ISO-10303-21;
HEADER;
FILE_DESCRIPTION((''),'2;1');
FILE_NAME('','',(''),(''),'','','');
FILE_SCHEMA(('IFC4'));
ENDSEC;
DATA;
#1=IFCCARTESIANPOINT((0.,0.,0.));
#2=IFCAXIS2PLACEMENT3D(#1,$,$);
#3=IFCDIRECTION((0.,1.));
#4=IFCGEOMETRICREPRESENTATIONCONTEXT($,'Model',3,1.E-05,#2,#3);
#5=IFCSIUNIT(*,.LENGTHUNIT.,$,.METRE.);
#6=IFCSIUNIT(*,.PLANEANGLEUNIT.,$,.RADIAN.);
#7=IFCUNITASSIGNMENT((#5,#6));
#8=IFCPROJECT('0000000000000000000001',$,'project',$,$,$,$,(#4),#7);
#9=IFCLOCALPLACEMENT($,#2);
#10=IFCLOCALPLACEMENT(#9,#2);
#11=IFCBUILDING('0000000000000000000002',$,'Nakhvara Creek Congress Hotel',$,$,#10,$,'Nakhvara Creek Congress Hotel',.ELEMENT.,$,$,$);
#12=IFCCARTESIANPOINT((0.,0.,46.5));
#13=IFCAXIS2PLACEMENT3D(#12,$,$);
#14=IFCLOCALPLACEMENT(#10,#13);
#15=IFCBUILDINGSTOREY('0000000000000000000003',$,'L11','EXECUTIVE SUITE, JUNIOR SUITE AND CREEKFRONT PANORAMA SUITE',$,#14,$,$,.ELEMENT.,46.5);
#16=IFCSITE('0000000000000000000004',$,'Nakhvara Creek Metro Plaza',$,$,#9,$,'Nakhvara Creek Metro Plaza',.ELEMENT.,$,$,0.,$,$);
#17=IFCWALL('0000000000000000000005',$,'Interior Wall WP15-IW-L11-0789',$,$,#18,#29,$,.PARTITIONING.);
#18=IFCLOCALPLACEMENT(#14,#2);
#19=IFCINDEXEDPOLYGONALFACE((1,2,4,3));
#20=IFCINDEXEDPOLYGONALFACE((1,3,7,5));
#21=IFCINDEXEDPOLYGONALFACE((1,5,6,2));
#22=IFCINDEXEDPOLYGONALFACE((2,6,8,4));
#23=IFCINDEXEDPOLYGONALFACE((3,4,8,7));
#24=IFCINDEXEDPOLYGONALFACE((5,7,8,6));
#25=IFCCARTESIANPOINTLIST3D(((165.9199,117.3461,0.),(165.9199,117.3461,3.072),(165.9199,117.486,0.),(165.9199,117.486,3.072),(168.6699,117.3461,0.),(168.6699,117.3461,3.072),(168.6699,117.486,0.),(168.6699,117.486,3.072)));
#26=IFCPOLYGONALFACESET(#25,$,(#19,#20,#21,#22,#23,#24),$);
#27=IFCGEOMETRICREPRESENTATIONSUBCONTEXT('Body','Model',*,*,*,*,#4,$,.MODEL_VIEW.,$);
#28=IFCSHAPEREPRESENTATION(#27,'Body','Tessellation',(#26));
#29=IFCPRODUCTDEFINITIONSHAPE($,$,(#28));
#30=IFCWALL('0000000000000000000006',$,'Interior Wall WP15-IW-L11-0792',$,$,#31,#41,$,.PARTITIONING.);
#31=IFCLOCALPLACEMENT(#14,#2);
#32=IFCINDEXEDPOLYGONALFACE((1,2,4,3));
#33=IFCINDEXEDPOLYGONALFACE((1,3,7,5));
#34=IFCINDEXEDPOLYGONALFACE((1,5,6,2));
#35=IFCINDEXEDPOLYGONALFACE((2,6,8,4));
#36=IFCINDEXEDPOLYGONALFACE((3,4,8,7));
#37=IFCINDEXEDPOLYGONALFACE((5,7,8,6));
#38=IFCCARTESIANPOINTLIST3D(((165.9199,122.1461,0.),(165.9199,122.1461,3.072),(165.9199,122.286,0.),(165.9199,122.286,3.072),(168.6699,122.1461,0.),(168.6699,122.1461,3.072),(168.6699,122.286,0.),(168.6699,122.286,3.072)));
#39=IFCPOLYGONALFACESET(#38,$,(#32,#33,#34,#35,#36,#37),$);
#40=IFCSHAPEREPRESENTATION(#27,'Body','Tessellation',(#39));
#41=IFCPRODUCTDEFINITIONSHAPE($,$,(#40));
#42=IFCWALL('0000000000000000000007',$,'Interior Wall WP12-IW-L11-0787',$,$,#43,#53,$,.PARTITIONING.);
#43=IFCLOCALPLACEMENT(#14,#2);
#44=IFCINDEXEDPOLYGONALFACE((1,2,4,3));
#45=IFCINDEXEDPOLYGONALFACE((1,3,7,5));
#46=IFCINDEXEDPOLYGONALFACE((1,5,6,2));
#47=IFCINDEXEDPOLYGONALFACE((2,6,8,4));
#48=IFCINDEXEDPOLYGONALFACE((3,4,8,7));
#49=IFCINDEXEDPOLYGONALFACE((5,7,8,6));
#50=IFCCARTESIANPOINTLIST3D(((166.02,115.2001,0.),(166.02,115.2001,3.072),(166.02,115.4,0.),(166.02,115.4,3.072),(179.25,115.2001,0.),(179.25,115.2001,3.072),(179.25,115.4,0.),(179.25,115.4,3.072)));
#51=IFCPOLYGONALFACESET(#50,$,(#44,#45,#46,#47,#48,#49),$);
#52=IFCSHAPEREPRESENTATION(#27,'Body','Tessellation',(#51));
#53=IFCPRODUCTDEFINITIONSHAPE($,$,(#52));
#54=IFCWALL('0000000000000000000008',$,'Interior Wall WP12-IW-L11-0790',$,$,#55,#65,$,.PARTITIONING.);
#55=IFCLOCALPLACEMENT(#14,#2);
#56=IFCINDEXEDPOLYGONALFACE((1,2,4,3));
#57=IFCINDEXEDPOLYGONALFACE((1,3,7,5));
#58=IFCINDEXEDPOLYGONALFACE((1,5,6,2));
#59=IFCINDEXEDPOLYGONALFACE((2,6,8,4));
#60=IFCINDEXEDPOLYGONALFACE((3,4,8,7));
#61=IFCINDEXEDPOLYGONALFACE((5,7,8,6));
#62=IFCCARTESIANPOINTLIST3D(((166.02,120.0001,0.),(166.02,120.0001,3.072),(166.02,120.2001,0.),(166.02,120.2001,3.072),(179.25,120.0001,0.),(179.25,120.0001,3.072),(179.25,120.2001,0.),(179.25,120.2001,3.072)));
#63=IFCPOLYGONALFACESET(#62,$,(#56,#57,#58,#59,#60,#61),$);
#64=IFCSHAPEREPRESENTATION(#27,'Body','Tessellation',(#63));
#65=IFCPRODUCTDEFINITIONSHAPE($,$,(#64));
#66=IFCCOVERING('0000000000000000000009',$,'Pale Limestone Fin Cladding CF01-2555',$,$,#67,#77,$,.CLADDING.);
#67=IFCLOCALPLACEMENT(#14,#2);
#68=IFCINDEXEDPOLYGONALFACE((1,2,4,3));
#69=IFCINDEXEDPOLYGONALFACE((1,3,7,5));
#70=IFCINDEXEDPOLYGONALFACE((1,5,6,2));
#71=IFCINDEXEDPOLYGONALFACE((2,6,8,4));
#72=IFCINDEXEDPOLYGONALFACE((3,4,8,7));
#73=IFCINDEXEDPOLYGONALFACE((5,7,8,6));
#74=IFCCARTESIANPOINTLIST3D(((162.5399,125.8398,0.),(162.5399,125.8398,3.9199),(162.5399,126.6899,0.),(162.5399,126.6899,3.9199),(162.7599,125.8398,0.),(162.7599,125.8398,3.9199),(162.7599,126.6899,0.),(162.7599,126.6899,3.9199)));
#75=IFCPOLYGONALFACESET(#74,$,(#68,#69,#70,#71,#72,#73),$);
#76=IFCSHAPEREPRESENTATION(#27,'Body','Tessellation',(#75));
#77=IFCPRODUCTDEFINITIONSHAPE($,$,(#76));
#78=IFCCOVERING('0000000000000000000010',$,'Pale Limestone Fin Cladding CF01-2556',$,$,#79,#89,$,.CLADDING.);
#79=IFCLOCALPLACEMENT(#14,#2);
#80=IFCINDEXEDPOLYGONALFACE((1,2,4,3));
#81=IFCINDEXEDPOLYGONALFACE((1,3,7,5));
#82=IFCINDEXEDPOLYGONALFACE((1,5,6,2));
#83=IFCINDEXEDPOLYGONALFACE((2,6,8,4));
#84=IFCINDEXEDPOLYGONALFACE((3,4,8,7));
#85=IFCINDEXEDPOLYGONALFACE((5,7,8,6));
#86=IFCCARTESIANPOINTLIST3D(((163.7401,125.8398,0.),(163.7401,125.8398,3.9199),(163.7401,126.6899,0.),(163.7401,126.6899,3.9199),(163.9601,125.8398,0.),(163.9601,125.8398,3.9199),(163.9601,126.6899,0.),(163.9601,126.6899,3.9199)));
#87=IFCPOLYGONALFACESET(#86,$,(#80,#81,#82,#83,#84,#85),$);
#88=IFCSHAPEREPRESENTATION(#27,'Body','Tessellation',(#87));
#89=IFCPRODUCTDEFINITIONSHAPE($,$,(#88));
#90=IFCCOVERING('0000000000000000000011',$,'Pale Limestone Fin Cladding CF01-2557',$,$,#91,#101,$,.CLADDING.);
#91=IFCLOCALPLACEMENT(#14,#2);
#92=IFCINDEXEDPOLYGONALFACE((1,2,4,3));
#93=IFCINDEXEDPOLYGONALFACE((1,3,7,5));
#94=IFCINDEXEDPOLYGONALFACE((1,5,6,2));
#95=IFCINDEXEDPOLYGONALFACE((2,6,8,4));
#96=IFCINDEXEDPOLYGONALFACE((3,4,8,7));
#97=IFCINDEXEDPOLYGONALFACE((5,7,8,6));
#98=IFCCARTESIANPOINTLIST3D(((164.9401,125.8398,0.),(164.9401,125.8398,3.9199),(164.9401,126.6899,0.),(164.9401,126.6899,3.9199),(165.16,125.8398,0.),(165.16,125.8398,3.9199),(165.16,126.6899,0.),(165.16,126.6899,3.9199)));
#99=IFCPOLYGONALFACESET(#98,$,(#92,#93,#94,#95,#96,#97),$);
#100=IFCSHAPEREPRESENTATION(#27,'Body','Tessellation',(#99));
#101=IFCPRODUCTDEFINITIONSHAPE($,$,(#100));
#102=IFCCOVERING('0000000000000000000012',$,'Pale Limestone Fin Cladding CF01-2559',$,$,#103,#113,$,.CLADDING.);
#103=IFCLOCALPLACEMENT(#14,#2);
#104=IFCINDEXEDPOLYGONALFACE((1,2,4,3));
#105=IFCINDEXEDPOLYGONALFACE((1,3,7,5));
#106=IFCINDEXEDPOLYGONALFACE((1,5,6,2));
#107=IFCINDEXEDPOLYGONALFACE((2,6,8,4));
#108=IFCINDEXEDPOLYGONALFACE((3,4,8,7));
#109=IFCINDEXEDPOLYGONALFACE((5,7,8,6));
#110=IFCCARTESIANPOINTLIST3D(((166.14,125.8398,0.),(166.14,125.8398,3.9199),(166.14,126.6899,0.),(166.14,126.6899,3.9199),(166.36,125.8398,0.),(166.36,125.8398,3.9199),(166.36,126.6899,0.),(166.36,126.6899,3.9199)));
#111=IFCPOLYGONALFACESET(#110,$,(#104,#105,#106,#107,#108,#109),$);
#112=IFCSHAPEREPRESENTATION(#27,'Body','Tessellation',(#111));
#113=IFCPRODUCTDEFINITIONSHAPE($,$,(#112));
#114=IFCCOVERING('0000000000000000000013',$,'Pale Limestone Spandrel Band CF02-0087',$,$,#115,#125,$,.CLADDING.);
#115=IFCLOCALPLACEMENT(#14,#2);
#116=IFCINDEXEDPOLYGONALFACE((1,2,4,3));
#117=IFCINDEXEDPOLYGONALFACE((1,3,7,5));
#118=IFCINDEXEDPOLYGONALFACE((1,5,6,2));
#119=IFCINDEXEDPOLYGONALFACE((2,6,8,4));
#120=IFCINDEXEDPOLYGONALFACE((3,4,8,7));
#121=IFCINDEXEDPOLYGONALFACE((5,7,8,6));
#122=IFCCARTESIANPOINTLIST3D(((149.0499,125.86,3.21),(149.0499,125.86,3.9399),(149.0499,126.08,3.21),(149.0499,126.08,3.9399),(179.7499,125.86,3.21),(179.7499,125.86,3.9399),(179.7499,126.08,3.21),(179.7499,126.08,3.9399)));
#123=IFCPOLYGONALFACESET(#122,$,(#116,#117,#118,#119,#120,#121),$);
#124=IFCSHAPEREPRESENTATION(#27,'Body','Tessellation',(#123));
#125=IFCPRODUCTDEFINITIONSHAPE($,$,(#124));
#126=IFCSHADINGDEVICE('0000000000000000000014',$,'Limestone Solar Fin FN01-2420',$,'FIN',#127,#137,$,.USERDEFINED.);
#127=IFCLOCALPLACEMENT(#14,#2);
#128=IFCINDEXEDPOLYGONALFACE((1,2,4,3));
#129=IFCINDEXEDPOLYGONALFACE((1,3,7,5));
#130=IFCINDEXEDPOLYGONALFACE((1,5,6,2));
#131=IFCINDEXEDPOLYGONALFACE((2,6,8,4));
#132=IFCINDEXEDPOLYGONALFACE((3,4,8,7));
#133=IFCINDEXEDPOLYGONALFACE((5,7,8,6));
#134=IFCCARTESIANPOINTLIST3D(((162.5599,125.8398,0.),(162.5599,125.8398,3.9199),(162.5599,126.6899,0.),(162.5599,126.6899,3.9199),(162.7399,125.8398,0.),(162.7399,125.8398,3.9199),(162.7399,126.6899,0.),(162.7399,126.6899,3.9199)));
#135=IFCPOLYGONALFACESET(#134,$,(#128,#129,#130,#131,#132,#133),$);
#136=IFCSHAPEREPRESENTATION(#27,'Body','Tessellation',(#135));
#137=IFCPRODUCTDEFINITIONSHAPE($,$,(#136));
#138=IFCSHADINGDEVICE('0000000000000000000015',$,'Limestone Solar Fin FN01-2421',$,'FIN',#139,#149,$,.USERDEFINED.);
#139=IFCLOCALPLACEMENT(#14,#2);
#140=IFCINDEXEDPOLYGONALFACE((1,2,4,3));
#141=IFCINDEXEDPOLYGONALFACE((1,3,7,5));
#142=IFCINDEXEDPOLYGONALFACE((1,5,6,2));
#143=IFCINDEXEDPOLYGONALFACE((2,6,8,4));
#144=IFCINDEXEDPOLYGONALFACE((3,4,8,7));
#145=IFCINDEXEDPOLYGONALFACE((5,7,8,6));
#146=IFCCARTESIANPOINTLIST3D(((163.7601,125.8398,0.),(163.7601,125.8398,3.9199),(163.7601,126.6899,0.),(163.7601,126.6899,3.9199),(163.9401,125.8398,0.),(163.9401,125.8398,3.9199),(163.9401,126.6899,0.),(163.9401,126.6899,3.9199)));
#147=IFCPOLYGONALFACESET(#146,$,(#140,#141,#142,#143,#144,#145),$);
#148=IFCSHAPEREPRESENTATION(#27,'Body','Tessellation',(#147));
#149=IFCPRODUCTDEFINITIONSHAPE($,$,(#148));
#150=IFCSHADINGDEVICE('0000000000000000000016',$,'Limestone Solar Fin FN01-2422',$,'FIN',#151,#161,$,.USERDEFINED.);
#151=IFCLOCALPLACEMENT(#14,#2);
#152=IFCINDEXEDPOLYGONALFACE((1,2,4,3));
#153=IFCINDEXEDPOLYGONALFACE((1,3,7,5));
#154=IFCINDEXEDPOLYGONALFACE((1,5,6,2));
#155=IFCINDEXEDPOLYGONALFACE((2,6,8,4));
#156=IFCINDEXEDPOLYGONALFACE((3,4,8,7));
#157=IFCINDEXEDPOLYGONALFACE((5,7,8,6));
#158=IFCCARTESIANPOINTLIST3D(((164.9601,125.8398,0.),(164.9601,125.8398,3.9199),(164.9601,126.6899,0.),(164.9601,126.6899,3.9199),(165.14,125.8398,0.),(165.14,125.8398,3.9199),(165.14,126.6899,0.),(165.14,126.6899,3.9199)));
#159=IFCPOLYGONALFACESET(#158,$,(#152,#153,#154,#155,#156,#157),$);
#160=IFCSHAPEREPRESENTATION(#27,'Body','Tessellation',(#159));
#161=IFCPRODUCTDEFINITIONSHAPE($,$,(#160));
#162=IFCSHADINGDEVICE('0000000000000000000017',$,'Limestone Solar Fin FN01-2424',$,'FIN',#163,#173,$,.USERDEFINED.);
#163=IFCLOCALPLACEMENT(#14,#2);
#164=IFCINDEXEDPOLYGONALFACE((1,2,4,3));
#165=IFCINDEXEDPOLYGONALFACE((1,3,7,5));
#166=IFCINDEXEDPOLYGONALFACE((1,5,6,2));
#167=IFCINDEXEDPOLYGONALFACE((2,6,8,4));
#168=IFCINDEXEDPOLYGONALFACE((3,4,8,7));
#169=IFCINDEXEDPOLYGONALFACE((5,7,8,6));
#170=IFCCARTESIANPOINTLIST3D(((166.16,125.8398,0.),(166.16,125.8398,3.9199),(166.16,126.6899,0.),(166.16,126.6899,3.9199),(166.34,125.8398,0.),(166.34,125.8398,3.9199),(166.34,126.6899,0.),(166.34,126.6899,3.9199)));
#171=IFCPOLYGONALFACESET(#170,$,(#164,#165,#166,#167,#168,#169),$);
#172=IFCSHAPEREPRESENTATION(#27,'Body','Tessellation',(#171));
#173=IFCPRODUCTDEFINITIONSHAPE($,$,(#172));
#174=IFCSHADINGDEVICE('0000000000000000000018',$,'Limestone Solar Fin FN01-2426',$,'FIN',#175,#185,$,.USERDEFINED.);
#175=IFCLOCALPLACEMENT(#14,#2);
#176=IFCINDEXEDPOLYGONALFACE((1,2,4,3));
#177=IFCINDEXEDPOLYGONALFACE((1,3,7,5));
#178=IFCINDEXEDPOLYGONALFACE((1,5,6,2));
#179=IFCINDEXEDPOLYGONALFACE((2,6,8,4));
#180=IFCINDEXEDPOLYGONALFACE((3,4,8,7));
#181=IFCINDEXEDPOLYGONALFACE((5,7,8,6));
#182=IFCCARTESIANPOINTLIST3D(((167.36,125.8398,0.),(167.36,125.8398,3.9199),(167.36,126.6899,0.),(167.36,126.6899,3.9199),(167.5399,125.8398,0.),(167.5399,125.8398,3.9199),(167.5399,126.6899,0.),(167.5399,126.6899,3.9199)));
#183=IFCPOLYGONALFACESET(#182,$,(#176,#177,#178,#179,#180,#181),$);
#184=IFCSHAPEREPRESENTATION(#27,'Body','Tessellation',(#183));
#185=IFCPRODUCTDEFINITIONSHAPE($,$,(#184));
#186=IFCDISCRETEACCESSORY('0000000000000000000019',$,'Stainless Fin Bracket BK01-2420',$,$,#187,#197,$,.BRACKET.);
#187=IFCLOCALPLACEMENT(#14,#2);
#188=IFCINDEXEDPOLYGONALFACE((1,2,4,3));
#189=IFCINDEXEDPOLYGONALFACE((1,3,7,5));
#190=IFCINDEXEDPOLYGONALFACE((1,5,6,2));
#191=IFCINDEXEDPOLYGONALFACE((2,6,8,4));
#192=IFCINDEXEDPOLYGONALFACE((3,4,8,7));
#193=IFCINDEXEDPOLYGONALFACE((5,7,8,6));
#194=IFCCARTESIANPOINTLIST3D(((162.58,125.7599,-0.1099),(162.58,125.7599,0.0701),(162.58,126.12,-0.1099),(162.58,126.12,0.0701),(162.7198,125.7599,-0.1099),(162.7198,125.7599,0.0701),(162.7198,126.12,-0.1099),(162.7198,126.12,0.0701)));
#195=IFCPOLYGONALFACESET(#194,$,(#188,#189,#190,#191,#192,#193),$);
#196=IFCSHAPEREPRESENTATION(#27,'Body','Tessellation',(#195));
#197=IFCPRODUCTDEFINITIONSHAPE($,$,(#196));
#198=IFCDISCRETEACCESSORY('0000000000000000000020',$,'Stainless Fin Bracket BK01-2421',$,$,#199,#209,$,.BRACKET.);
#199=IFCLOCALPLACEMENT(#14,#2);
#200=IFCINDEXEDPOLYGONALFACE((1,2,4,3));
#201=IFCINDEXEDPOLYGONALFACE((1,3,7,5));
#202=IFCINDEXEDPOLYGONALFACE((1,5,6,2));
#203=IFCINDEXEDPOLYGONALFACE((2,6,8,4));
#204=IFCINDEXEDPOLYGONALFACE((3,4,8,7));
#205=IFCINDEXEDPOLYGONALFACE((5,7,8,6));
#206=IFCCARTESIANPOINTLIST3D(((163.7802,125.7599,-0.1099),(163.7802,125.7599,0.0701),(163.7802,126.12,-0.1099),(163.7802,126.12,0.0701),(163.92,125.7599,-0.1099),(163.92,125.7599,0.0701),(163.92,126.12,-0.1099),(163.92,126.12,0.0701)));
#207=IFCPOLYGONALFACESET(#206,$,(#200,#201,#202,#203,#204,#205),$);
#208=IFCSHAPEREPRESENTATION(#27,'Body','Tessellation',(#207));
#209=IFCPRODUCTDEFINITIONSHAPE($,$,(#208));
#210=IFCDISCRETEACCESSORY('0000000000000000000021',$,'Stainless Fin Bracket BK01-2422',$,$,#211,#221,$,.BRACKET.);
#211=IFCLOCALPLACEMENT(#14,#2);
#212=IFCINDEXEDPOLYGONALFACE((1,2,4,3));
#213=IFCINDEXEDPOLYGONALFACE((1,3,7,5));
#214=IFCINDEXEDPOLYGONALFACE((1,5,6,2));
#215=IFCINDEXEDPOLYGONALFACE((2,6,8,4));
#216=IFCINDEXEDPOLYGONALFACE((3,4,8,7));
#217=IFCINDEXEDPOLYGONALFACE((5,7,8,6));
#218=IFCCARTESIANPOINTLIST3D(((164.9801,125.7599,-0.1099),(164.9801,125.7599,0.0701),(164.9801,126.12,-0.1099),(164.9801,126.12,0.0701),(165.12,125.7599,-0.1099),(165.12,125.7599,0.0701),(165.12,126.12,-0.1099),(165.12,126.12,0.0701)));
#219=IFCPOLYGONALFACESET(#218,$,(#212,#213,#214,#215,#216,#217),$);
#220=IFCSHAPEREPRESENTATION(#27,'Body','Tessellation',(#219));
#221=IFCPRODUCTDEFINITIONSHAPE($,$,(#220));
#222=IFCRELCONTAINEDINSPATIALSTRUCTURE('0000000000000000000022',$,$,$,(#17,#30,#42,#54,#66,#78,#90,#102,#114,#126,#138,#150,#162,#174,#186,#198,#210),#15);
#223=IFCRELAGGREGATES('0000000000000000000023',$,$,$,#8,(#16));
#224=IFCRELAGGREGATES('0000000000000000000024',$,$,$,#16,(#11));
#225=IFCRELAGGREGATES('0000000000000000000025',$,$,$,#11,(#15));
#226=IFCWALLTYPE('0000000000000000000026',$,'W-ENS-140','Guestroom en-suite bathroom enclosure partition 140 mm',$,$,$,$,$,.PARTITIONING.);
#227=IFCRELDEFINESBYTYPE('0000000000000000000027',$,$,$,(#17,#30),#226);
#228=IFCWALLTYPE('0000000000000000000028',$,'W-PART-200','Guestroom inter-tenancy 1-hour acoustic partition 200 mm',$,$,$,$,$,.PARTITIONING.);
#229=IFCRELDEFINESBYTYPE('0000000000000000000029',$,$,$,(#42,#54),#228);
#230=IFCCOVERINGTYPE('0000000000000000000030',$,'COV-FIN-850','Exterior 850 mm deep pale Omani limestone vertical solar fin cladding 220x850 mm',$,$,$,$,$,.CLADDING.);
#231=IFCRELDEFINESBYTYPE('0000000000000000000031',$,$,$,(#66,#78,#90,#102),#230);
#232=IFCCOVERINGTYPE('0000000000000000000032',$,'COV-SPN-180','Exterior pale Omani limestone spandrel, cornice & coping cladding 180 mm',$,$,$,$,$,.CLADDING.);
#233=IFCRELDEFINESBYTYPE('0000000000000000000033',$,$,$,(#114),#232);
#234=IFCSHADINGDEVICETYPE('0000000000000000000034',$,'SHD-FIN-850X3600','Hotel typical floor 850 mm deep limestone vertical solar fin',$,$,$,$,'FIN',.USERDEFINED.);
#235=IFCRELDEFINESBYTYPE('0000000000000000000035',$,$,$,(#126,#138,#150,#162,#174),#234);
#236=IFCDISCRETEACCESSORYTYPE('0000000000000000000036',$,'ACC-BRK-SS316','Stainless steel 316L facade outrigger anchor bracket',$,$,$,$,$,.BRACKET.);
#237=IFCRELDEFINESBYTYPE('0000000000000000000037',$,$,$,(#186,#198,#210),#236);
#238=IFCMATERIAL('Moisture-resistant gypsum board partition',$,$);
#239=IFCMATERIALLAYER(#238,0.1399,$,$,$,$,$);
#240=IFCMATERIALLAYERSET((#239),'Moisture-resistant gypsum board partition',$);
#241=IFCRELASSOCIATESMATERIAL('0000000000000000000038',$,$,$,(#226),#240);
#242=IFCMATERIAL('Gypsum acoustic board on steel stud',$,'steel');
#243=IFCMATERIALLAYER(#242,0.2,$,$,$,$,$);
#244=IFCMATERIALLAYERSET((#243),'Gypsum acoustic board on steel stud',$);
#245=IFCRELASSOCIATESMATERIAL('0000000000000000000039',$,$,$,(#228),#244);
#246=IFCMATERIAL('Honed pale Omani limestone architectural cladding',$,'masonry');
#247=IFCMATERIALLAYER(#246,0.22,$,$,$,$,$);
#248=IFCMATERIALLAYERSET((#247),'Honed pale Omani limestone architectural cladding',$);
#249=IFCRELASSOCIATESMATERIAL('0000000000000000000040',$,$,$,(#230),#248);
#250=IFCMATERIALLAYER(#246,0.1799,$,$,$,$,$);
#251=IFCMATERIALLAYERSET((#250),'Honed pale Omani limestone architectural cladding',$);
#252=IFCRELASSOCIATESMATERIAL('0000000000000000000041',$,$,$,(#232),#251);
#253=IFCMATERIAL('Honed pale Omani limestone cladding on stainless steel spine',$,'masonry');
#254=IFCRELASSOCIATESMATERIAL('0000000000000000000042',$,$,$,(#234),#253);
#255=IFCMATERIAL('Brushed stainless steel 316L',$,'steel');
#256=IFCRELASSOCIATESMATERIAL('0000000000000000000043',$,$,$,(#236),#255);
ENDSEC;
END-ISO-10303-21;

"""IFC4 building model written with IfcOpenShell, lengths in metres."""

from ifc_helpers import new_model, si_unit, direction, frame, frame_2d, origin, origin_2d, place, context, subcontext, project, spatial, rectangle, extrude, material, layer, layer_set, type_object, element, save


model = new_model("IFC4")

# Units and contexts
model_context = context("Model", 3, precision=1e-05, world=origin(), true_north=direction((0.0, 1.0)))
body_context = subcontext(model_context, "Body", "Model", "MODEL_VIEW")
ifc_project = project(units=[si_unit("LENGTHUNIT", "METRE"), si_unit("PLANEANGLEUNIT", "RADIAN")], contexts=[model_context])

# Site, building, storey
site_placement = place(None, origin())
site = spatial("IfcSite", under=ifc_project, at=site_placement, Name="Nakhvara Creek Metro Plaza", LongName="Nakhvara Creek Metro Plaza", CompositionType="ELEMENT", RefElevation=0.0)
building_placement = place(site_placement, origin())
building = spatial("IfcBuilding", under=site, at=building_placement, Name="Nakhvara Creek Congress Hotel", LongName="Nakhvara Creek Congress Hotel", CompositionType="ELEMENT")
storey_placement = place(building_placement, frame((0.0, 0.0, 46.5)))
storey = spatial("IfcBuildingStorey", under=building, at=storey_placement, Name="L11", Description="EXECUTIVE SUITE, JUNIOR SUITE AND CREEKFRONT PANORAMA SUITE", CompositionType="ELEMENT", Elevation=46.5)

# Walls
ifc_material_1 = material(Name="Gypsum acoustic board on steel stud", Category="steel")
ifc_material_2 = material(Name="Moisture-resistant gypsum board partition")
ifc_layer_1 = layer(ifc_material_2, 0.1399)
ifc_layer_set_1 = layer_set([ifc_layer_1], Name="Moisture-resistant gypsum board partition")
wall_type_1 = type_object("IfcWallType", Name="W-ENS-140", Description="Guestroom en-suite bathroom enclosure partition 140 mm", PredefinedType="PARTITIONING", material=ifc_layer_set_1)
for number, where, z_axis, x_axis, name in (
    (1, (165.9199, 117.416, 0.0), (0.0, 0.0, 1.0), (1.0, 0.0, 0.0), "Interior Wall WP15-IW-L11-0789"),
    (2, (165.9199, 122.2161, 0.0), (0.0, 0.0, 1.0), (1.0, 0.0, 0.0), "Interior Wall WP15-IW-L11-0792"),
):
    element("IfcWall", number, at=place(storey_placement, frame(where, z_axis=z_axis, x_axis=x_axis)), inside=storey, type_object=wall_type_1, Name=name, PredefinedType="PARTITIONING", context=body_context, shape_type="SweptSolid", body=[
        extrude(rectangle(XDim=2.75, YDim=0.1399, at=frame_2d((1.375, 0.0))), origin(), (0.0, 0.0, 1.0), 3.072),
    ])
ifc_layer_2 = layer(ifc_material_1, 0.2)
ifc_layer_set_2 = layer_set([ifc_layer_2], Name="Gypsum acoustic board on steel stud")
wall_type_2 = type_object("IfcWallType", Name="W-PART-200", Description="Guestroom inter-tenancy 1-hour acoustic partition 200 mm", PredefinedType="PARTITIONING", material=ifc_layer_set_2)
for number, where, z_axis, x_axis, name in (
    (3, (166.02, 115.3, 0.0), (0.0, 0.0, 1.0), (1.0, 0.0, 0.0), "Interior Wall WP12-IW-L11-0787"),
    (4, (166.02, 120.1001, 0.0), (0.0, 0.0, 1.0), (1.0, 0.0, 0.0), "Interior Wall WP12-IW-L11-0790"),
):
    element("IfcWall", number, at=place(storey_placement, frame(where, z_axis=z_axis, x_axis=x_axis)), inside=storey, type_object=wall_type_2, Name=name, PredefinedType="PARTITIONING", context=body_context, shape_type="SweptSolid", body=[
        extrude(rectangle(XDim=13.23, YDim=0.2, at=frame_2d((6.615, 0.0))), origin(), (0.0, 0.0, 1.0), 3.072),
    ])

# Coverings
ifc_material_3 = material(Name="Honed pale Omani limestone architectural cladding", Category="masonry")
ifc_layer_3 = layer(ifc_material_3, 0.22)
ifc_layer_set_3 = layer_set([ifc_layer_3], Name="Honed pale Omani limestone architectural cladding")
covering_type_1 = type_object("IfcCoveringType", Name="COV-FIN-850", Description="Exterior 850 mm deep pale Omani limestone vertical solar fin cladding 220x850 mm", PredefinedType="CLADDING", material=ifc_layer_set_3)
for number, where, z_axis, x_axis, name in (
    (5, (162.6499, 126.2649, 0.0), (0.0, 0.0, 1.0), (1.0, 0.0, 0.0), "Pale Limestone Fin Cladding CF01-2555"),
    (6, (163.8501, 126.2649, 0.0), (0.0, 0.0, 1.0), (1.0, 0.0, 0.0), "Pale Limestone Fin Cladding CF01-2556"),
    (7, (165.05, 126.2649, 0.0), (0.0, 0.0, 1.0), (1.0, 0.0, 0.0), "Pale Limestone Fin Cladding CF01-2557"),
    (8, (166.25, 126.2649, 0.0), (0.0, 0.0, 1.0), (1.0, 0.0, 0.0), "Pale Limestone Fin Cladding CF01-2559"),
):
    element("IfcCovering", number, at=place(storey_placement, frame(where, z_axis=z_axis, x_axis=x_axis)), inside=storey, type_object=covering_type_1, Name=name, PredefinedType="CLADDING", context=body_context, shape_type="SweptSolid", body=[
        extrude(rectangle(XDim=0.22, YDim=0.8501, at=origin_2d()), origin(), (0.0, 0.0, 1.0), 3.9199),
    ])
ifc_layer_4 = layer(ifc_material_3, 0.1799)
ifc_layer_set_4 = layer_set([ifc_layer_4], Name="Honed pale Omani limestone architectural cladding")
covering_type_2 = type_object("IfcCoveringType", Name="COV-SPN-180", Description="Exterior pale Omani limestone spandrel, cornice & coping cladding 180 mm", PredefinedType="CLADDING", material=ifc_layer_set_4)
covering_placement = place(storey_placement, frame((164.3999, 125.97, 3.21), z_axis=(0.0, 0.0, 1.0), x_axis=(1.0, 0.0, 0.0)))
element("IfcCovering", 9, at=covering_placement, inside=storey, type_object=covering_type_2, Name="Pale Limestone Spandrel Band CF02-0087", PredefinedType="CLADDING", context=body_context, shape_type="SweptSolid", body=[
    extrude(rectangle(XDim=30.7, YDim=0.22, at=origin_2d()), origin(), (0.0, 0.0, 1.0), 0.73),
])

# Shading devices
ifc_material_4 = material(Name="Honed pale Omani limestone cladding on stainless steel spine", Category="masonry")
shading_device_type = type_object("IfcShadingDeviceType", Name="SHD-FIN-850X3600", Description="Hotel typical floor 850 mm deep limestone vertical solar fin", ElementType="FIN", PredefinedType="USERDEFINED", material=ifc_material_4)
for number, where, z_axis, x_axis, name in (
    (10, (162.6499, 126.2649, 0.0), (0.0, 0.0, 1.0), (1.0, 0.0, 0.0), "Limestone Solar Fin FN01-2420"),
    (11, (163.8501, 126.2649, 0.0), (0.0, 0.0, 1.0), (1.0, 0.0, 0.0), "Limestone Solar Fin FN01-2421"),
    (12, (165.05, 126.2649, 0.0), (0.0, 0.0, 1.0), (1.0, 0.0, 0.0), "Limestone Solar Fin FN01-2422"),
    (13, (166.25, 126.2649, 0.0), (0.0, 0.0, 1.0), (1.0, 0.0, 0.0), "Limestone Solar Fin FN01-2424"),
    (14, (167.45, 126.2649, 0.0), (0.0, 0.0, 1.0), (1.0, 0.0, 0.0), "Limestone Solar Fin FN01-2426"),
):
    element("IfcShadingDevice", number, at=place(storey_placement, frame(where, z_axis=z_axis, x_axis=x_axis)), inside=storey, type_object=shading_device_type, Name=name, ObjectType="FIN", PredefinedType="USERDEFINED", context=body_context, shape_type="SweptSolid", body=[
        extrude(rectangle(XDim=0.1799, YDim=0.8501, at=origin_2d()), origin(), (0.0, 0.0, 1.0), 3.9199),
    ])

# Discrete accessories
ifc_material_5 = material(Name="Brushed stainless steel 316L", Category="steel")
discrete_accessory_type = type_object("IfcDiscreteAccessoryType", Name="ACC-BRK-SS316", Description="Stainless steel 316L facade outrigger anchor bracket", PredefinedType="BRACKET", material=ifc_material_5)
for number, where, z_axis, x_axis, name in (
    (15, (162.6499, 125.9399, -0.1099), (0.0, 0.0, 1.0), (1.0, 0.0, 0.0), "Stainless Fin Bracket BK01-2420"),
    (16, (163.8501, 125.9399, -0.1099), (0.0, 0.0, 1.0), (1.0, 0.0, 0.0), "Stainless Fin Bracket BK01-2421"),
    (17, (165.05, 125.9399, -0.1099), (0.0, 0.0, 1.0), (1.0, 0.0, 0.0), "Stainless Fin Bracket BK01-2422"),
):
    element("IfcDiscreteAccessory", number, at=place(storey_placement, frame(where, z_axis=z_axis, x_axis=x_axis)), inside=storey, type_object=discrete_accessory_type, Name=name, PredefinedType="BRACKET", context=body_context, shape_type="SweptSolid", body=[
        extrude(rectangle(XDim=0.1399, YDim=0.3601, at=origin_2d()), origin(), (0.0, 0.0, 1.0), 0.1799),
    ])

save(model, "model.ifc")
